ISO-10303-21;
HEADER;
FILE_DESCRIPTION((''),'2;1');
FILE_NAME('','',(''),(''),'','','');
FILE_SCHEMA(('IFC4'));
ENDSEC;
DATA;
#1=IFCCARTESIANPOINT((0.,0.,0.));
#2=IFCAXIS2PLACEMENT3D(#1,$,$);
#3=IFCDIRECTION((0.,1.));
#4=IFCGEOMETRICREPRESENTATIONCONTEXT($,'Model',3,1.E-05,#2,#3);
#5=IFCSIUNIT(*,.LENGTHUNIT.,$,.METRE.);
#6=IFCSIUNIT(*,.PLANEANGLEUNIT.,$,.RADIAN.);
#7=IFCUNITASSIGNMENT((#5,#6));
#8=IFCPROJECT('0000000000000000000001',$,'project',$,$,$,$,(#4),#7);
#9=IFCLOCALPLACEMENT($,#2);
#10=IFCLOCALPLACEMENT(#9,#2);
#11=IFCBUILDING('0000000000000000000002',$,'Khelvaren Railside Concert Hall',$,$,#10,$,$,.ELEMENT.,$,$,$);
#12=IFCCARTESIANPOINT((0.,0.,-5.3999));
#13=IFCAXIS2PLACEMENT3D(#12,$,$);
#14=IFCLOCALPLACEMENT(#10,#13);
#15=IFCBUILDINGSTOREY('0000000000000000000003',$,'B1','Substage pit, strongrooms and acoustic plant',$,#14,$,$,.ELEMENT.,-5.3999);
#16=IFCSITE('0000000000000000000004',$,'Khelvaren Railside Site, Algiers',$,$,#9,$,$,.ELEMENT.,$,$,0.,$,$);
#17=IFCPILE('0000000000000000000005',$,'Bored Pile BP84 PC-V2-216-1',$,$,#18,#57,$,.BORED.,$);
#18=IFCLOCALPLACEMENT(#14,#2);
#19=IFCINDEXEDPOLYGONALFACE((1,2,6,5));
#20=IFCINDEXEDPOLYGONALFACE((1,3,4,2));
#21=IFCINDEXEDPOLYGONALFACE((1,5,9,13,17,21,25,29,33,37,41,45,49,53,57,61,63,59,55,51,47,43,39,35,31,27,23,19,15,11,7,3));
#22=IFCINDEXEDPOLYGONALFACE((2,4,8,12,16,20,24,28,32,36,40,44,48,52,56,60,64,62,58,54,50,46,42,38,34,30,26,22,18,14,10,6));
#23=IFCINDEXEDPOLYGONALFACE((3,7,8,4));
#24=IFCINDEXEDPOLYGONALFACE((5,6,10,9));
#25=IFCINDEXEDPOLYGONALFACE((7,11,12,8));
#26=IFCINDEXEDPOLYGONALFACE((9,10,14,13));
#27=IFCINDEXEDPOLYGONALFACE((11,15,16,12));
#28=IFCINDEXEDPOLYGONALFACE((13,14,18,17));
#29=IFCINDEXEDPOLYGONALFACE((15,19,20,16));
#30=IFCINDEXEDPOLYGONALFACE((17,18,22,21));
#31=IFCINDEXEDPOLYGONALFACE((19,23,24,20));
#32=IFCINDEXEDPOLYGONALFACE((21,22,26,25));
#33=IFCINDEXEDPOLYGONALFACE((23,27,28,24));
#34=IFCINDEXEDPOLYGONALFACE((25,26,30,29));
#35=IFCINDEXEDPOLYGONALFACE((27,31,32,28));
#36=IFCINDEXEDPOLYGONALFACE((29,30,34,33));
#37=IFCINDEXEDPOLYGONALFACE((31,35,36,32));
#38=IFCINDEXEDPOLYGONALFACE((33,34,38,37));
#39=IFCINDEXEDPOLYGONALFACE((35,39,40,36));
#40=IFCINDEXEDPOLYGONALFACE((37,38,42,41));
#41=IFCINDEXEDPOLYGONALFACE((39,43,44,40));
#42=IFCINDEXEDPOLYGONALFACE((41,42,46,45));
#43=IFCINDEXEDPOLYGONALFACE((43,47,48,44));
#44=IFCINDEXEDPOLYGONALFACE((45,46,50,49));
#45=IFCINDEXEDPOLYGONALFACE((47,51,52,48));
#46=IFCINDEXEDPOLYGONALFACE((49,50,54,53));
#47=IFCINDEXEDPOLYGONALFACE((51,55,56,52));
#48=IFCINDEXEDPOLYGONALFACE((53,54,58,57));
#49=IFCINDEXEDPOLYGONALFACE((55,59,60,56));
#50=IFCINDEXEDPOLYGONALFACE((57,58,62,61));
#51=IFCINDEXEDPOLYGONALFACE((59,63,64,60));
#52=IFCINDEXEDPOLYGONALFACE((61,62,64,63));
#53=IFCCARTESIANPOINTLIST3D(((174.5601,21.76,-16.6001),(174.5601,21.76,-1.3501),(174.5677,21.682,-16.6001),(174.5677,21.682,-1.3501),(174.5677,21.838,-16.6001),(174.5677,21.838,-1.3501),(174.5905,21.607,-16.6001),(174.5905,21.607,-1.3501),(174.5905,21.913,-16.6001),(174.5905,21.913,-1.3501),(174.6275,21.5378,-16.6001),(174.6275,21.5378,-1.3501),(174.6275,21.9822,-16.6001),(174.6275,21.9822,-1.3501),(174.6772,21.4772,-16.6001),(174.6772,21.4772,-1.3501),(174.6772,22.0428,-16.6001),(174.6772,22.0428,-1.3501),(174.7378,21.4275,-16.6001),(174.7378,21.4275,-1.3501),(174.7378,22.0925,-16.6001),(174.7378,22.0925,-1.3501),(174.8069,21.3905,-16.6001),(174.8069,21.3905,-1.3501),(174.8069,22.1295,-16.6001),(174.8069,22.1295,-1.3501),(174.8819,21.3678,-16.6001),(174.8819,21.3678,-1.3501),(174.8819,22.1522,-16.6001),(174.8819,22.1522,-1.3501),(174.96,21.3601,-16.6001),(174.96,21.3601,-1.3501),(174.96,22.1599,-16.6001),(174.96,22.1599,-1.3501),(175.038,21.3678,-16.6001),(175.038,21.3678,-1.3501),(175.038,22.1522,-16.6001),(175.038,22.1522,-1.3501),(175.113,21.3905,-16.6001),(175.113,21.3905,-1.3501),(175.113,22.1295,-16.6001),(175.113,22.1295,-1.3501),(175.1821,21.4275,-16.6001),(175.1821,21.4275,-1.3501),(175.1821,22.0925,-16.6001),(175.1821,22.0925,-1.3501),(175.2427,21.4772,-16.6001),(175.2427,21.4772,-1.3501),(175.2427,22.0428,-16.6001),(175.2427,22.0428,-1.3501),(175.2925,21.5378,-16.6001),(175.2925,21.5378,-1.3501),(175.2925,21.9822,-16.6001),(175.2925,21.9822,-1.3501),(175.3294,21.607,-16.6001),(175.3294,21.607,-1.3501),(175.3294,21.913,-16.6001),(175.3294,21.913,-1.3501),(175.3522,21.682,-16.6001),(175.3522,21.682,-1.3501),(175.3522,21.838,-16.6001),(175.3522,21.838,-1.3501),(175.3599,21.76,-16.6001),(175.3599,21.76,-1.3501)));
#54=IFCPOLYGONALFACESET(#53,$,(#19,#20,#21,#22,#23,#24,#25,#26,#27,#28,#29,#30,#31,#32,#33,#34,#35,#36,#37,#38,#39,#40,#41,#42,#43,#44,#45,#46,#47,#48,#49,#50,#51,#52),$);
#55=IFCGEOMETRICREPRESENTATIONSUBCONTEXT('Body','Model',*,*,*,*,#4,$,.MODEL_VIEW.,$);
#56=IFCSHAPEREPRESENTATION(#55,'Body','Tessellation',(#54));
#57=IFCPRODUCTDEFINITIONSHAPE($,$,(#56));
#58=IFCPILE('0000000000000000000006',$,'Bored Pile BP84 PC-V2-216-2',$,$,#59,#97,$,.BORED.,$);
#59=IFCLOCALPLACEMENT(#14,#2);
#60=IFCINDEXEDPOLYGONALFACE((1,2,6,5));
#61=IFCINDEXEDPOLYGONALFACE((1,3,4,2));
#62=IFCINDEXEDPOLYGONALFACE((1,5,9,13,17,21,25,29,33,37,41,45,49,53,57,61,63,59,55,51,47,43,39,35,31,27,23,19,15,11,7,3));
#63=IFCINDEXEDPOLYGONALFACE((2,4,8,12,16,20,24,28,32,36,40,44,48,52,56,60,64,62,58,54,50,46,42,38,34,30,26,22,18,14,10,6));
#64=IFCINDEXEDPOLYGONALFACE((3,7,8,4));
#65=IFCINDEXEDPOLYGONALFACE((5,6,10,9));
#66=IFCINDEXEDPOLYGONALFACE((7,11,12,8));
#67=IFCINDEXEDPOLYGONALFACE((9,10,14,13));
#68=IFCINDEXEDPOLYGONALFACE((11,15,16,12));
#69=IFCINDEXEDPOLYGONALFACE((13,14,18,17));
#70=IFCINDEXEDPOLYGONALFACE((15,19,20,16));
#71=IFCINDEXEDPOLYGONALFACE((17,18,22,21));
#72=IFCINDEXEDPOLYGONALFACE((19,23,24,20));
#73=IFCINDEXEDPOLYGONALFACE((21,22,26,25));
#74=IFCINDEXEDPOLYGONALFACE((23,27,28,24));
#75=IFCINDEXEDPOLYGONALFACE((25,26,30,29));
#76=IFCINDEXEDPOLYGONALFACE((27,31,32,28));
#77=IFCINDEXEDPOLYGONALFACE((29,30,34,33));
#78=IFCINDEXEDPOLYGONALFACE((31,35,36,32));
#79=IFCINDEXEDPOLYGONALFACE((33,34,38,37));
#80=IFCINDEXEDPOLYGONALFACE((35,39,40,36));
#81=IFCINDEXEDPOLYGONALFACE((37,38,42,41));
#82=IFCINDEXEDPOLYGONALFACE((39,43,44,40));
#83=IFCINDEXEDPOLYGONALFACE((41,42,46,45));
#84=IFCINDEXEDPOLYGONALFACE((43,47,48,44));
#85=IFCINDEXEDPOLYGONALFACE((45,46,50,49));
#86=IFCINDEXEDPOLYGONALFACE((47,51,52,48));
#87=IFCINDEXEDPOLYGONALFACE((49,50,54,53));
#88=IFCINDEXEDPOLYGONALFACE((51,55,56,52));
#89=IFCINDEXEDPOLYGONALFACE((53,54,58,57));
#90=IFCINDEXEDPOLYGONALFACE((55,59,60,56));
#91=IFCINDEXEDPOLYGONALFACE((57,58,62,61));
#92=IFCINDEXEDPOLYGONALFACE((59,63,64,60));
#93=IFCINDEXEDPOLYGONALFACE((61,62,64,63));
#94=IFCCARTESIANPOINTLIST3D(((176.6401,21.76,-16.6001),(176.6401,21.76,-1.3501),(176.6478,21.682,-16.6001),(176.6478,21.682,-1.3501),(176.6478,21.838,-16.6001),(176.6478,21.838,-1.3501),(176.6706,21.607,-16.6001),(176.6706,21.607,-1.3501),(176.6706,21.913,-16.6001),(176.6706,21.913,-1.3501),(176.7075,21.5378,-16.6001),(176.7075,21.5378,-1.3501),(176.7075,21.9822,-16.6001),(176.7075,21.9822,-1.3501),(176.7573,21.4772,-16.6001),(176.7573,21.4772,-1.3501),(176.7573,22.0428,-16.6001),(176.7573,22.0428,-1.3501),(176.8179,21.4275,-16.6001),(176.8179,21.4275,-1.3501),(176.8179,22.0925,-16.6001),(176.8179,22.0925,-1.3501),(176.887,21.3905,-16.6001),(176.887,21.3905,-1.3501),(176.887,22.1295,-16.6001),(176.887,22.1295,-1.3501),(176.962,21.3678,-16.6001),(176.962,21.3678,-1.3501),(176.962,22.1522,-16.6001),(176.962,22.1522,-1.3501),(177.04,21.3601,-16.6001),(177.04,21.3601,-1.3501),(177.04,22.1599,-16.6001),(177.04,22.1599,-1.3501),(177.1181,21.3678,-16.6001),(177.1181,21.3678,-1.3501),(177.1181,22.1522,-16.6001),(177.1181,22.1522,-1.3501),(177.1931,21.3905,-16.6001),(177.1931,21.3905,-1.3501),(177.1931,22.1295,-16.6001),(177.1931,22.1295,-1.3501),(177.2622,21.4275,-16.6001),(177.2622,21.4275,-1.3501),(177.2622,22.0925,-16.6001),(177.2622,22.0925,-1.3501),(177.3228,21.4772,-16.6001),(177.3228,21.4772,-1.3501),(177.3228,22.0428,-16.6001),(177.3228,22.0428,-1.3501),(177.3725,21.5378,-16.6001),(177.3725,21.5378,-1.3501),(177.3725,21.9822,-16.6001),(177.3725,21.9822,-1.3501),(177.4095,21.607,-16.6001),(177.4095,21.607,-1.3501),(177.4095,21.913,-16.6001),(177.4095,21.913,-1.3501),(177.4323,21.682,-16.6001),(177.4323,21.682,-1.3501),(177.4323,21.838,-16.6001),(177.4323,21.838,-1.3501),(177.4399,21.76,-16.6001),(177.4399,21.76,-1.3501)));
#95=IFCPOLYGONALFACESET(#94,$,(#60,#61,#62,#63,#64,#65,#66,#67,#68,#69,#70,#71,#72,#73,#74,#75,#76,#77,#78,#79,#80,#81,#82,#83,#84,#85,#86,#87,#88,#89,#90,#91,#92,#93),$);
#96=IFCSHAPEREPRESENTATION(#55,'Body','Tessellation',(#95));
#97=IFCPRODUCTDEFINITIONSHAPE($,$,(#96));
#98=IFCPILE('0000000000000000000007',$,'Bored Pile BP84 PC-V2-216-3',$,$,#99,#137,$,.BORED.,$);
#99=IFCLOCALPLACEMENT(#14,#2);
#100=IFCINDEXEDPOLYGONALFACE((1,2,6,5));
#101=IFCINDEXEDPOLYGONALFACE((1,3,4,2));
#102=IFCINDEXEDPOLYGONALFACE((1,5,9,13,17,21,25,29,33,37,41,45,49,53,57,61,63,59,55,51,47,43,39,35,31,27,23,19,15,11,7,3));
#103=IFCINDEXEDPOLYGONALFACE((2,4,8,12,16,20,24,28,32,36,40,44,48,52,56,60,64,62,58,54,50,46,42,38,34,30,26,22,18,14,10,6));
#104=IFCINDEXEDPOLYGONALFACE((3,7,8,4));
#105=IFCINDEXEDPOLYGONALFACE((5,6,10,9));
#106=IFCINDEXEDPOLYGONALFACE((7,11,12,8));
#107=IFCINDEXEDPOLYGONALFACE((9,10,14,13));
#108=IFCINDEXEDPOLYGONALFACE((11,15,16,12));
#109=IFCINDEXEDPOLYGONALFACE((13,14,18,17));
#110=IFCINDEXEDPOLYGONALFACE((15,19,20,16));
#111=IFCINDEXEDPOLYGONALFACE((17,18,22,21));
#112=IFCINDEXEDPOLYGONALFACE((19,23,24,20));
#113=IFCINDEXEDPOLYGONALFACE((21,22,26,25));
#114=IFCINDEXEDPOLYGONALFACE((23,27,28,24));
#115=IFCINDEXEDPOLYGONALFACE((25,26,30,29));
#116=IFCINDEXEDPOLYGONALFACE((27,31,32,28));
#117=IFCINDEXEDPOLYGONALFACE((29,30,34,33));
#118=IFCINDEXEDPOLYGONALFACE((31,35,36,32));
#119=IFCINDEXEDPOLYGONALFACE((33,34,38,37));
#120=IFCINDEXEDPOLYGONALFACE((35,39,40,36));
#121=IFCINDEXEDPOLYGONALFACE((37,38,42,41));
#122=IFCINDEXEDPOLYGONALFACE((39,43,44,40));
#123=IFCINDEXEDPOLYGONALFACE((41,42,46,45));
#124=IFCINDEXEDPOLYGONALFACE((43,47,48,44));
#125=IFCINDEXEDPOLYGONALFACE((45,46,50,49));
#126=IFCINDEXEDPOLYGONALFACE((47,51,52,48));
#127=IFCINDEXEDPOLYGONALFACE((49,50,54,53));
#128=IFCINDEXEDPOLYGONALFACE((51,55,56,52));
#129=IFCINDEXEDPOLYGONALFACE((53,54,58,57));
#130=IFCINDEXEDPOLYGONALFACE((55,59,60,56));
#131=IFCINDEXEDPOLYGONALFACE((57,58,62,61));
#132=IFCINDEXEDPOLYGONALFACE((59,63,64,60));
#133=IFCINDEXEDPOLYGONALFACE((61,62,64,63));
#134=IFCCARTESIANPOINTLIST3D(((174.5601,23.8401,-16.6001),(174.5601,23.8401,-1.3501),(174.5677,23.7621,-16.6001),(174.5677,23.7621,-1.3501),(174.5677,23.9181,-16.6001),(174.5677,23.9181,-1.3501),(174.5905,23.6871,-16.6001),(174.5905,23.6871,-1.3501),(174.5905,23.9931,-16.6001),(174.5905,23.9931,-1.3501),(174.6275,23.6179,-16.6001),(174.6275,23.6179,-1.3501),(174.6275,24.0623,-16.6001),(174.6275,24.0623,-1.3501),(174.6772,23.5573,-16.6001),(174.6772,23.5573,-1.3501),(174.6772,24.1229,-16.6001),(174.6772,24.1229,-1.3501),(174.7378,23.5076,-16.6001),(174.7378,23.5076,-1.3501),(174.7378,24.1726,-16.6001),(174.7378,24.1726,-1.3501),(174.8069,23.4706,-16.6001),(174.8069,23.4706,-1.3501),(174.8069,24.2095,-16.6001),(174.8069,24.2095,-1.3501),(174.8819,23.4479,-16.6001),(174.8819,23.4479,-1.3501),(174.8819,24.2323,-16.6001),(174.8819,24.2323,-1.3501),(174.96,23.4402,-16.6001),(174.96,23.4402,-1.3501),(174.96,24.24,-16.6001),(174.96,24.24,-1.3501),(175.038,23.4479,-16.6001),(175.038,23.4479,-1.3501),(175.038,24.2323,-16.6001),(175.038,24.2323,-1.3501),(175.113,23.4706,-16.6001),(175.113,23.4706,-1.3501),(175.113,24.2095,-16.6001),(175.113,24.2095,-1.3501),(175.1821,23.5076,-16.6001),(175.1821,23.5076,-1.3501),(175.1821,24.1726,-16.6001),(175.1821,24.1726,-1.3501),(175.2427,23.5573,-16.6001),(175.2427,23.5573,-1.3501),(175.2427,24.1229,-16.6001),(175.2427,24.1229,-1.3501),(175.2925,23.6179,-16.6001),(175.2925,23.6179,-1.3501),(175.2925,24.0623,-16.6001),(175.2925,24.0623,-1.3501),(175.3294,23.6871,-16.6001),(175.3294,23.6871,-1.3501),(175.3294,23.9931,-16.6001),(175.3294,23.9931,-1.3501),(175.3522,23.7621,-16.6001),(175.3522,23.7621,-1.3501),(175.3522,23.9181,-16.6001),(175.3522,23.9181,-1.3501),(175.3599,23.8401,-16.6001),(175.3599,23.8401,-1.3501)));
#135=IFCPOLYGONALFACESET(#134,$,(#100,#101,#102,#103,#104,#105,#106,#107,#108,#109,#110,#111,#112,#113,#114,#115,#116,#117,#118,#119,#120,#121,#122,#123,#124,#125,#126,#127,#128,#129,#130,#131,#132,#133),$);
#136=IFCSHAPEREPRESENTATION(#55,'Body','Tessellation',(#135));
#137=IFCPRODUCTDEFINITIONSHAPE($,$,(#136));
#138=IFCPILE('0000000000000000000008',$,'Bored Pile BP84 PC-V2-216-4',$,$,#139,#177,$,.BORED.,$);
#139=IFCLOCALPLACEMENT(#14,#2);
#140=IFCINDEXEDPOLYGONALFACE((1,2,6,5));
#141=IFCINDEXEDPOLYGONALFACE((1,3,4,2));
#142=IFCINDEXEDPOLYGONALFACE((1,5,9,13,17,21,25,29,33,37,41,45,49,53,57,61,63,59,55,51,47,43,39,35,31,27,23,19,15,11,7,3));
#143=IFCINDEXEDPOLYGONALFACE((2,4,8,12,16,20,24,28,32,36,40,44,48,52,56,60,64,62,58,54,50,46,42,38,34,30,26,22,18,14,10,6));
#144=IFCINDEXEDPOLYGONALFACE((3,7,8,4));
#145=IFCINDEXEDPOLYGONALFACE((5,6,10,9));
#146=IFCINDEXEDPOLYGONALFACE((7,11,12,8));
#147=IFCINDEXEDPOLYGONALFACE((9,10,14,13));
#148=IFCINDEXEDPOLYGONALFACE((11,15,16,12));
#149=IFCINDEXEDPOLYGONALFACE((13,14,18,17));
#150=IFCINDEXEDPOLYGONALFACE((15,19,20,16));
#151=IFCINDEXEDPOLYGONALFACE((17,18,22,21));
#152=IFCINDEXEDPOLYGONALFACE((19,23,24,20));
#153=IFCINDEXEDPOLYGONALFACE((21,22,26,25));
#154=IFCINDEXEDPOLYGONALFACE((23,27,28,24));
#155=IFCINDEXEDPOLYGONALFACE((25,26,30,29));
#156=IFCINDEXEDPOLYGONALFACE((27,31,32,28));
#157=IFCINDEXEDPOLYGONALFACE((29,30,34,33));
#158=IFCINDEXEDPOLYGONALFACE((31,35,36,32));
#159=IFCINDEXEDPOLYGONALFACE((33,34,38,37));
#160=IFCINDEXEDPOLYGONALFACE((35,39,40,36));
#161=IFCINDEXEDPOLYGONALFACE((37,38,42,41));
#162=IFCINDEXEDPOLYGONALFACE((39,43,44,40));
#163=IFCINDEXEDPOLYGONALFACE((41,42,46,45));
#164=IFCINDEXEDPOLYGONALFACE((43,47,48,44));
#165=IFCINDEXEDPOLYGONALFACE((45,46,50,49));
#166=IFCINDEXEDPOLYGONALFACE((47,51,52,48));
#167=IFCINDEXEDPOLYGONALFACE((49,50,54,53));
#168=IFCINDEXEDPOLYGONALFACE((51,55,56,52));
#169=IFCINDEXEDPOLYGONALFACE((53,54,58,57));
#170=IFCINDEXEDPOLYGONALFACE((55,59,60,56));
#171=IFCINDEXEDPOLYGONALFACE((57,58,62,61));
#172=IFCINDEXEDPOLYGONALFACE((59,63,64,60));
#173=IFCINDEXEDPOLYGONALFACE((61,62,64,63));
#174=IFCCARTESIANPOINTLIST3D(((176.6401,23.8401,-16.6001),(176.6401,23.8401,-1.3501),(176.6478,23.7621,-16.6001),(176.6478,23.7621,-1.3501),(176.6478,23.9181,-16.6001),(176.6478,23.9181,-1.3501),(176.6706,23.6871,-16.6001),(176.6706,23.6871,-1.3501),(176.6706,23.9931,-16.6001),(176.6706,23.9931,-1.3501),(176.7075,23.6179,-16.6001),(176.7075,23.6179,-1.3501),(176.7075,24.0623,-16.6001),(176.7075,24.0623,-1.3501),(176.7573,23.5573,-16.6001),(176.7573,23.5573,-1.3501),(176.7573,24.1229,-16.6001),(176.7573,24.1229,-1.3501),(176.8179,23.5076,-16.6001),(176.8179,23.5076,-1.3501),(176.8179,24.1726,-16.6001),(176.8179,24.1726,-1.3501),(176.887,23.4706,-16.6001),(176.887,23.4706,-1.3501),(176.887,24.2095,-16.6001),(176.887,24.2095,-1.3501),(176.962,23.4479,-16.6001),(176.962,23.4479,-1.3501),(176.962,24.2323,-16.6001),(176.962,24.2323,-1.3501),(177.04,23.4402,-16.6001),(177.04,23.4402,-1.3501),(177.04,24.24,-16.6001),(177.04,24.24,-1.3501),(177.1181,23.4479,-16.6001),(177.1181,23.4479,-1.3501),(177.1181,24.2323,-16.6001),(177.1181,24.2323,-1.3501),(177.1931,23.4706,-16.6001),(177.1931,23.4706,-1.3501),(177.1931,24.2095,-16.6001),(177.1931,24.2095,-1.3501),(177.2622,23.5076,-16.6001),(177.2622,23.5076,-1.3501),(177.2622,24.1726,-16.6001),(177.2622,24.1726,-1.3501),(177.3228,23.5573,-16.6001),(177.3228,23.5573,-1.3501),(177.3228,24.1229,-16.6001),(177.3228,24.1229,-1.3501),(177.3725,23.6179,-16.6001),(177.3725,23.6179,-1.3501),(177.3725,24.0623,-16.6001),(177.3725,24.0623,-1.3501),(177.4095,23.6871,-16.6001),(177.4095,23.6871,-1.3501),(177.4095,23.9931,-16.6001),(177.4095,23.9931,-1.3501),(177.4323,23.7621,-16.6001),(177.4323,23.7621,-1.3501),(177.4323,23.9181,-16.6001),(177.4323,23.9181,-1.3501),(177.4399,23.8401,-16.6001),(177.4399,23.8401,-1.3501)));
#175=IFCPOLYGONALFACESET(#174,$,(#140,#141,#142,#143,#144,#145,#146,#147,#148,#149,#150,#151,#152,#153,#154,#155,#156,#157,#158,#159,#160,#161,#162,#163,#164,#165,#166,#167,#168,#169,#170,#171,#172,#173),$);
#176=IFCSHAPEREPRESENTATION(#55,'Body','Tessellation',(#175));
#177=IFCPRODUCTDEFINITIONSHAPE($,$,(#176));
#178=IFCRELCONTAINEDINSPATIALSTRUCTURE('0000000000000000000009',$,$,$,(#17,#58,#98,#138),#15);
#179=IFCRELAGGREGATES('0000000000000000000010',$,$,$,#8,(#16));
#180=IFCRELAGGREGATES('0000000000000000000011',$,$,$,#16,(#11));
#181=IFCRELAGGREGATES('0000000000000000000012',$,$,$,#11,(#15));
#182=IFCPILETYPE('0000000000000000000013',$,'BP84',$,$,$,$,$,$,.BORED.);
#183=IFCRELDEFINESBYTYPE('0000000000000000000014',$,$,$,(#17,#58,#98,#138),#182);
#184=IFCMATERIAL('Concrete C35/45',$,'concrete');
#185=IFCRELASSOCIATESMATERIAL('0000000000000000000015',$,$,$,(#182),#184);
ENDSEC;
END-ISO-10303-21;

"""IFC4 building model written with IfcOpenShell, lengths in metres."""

from ifc_helpers import new_model, si_unit, direction, frame, origin, origin_2d, place, context, subcontext, project, spatial, circle, extrude, material, material_profile, profile_set, type_object, element, save


model = new_model("IFC4")

# Units and contexts
model_context = context("Model", 3, precision=1e-05, world=origin(), true_north=direction((0.0, 1.0)))
body_context = subcontext(model_context, "Body", "Model", "MODEL_VIEW")
ifc_project = project(units=[si_unit("LENGTHUNIT", "METRE"), si_unit("PLANEANGLEUNIT", "RADIAN")], contexts=[model_context])

# Site, building, storey
site_placement = place(None, origin())
site = spatial("IfcSite", under=ifc_project, at=site_placement, Name="Khelvaren Railside Site, Algiers", CompositionType="ELEMENT", RefElevation=0.0)
building_placement = place(site_placement, origin())
building = spatial("IfcBuilding", under=site, at=building_placement, Name="Khelvaren Railside Concert Hall", CompositionType="ELEMENT")
storey_placement = place(building_placement, frame((0.0, 0.0, -5.3999)))
storey = spatial("IfcBuildingStorey", under=building, at=storey_placement, Name="B1", Description="Substage pit, strongrooms and acoustic plant", CompositionType="ELEMENT", Elevation=-5.3999)

# Piles
ifc_material_1 = material(Name="Concrete C35/45", Category="concrete")
ifc_material_profile_1 = material_profile(ifc_material_1, circle(Radius=0.3999, at=origin_2d()), Name="BP D800")
ifc_profile_set_1 = profile_set([ifc_material_profile_1], Name="Concrete C35/45")
pile_type_1 = type_object("IfcPileType", Name="BP84", PredefinedType="BORED", material=ifc_profile_set_1)
for number, where, z_axis, x_axis, name in (
    (1, (174.96, 21.76, -1.3501), (0.0, 0.0, -1.0), (1.0, 0.0, 0.0), "Bored Pile BP84 PC-V2-216-1"),
    (2, (177.04, 21.76, -1.3501), (0.0, 0.0, -1.0), (1.0, 0.0, 0.0), "Bored Pile BP84 PC-V2-216-2"),
    (3, (174.96, 23.8401, -1.3501), (0.0, 0.0, -1.0), (1.0, 0.0, 0.0), "Bored Pile BP84 PC-V2-216-3"),
    (4, (177.04, 23.8401, -1.3501), (0.0, 0.0, -1.0), (1.0, 0.0, 0.0), "Bored Pile BP84 PC-V2-216-4"),
):
    element("IfcPile", number, at=place(storey_placement, frame(where, z_axis=z_axis, x_axis=x_axis)), inside=storey, type_object=pile_type_1, Name=name, PredefinedType="BORED", context=body_context, shape_type="SweptSolid", body=[
        extrude(circle(Radius=0.3999, at=origin_2d()), origin(), (0.0, 0.0, 1.0), 15.25),
    ])

save(model, "model.ifc")
